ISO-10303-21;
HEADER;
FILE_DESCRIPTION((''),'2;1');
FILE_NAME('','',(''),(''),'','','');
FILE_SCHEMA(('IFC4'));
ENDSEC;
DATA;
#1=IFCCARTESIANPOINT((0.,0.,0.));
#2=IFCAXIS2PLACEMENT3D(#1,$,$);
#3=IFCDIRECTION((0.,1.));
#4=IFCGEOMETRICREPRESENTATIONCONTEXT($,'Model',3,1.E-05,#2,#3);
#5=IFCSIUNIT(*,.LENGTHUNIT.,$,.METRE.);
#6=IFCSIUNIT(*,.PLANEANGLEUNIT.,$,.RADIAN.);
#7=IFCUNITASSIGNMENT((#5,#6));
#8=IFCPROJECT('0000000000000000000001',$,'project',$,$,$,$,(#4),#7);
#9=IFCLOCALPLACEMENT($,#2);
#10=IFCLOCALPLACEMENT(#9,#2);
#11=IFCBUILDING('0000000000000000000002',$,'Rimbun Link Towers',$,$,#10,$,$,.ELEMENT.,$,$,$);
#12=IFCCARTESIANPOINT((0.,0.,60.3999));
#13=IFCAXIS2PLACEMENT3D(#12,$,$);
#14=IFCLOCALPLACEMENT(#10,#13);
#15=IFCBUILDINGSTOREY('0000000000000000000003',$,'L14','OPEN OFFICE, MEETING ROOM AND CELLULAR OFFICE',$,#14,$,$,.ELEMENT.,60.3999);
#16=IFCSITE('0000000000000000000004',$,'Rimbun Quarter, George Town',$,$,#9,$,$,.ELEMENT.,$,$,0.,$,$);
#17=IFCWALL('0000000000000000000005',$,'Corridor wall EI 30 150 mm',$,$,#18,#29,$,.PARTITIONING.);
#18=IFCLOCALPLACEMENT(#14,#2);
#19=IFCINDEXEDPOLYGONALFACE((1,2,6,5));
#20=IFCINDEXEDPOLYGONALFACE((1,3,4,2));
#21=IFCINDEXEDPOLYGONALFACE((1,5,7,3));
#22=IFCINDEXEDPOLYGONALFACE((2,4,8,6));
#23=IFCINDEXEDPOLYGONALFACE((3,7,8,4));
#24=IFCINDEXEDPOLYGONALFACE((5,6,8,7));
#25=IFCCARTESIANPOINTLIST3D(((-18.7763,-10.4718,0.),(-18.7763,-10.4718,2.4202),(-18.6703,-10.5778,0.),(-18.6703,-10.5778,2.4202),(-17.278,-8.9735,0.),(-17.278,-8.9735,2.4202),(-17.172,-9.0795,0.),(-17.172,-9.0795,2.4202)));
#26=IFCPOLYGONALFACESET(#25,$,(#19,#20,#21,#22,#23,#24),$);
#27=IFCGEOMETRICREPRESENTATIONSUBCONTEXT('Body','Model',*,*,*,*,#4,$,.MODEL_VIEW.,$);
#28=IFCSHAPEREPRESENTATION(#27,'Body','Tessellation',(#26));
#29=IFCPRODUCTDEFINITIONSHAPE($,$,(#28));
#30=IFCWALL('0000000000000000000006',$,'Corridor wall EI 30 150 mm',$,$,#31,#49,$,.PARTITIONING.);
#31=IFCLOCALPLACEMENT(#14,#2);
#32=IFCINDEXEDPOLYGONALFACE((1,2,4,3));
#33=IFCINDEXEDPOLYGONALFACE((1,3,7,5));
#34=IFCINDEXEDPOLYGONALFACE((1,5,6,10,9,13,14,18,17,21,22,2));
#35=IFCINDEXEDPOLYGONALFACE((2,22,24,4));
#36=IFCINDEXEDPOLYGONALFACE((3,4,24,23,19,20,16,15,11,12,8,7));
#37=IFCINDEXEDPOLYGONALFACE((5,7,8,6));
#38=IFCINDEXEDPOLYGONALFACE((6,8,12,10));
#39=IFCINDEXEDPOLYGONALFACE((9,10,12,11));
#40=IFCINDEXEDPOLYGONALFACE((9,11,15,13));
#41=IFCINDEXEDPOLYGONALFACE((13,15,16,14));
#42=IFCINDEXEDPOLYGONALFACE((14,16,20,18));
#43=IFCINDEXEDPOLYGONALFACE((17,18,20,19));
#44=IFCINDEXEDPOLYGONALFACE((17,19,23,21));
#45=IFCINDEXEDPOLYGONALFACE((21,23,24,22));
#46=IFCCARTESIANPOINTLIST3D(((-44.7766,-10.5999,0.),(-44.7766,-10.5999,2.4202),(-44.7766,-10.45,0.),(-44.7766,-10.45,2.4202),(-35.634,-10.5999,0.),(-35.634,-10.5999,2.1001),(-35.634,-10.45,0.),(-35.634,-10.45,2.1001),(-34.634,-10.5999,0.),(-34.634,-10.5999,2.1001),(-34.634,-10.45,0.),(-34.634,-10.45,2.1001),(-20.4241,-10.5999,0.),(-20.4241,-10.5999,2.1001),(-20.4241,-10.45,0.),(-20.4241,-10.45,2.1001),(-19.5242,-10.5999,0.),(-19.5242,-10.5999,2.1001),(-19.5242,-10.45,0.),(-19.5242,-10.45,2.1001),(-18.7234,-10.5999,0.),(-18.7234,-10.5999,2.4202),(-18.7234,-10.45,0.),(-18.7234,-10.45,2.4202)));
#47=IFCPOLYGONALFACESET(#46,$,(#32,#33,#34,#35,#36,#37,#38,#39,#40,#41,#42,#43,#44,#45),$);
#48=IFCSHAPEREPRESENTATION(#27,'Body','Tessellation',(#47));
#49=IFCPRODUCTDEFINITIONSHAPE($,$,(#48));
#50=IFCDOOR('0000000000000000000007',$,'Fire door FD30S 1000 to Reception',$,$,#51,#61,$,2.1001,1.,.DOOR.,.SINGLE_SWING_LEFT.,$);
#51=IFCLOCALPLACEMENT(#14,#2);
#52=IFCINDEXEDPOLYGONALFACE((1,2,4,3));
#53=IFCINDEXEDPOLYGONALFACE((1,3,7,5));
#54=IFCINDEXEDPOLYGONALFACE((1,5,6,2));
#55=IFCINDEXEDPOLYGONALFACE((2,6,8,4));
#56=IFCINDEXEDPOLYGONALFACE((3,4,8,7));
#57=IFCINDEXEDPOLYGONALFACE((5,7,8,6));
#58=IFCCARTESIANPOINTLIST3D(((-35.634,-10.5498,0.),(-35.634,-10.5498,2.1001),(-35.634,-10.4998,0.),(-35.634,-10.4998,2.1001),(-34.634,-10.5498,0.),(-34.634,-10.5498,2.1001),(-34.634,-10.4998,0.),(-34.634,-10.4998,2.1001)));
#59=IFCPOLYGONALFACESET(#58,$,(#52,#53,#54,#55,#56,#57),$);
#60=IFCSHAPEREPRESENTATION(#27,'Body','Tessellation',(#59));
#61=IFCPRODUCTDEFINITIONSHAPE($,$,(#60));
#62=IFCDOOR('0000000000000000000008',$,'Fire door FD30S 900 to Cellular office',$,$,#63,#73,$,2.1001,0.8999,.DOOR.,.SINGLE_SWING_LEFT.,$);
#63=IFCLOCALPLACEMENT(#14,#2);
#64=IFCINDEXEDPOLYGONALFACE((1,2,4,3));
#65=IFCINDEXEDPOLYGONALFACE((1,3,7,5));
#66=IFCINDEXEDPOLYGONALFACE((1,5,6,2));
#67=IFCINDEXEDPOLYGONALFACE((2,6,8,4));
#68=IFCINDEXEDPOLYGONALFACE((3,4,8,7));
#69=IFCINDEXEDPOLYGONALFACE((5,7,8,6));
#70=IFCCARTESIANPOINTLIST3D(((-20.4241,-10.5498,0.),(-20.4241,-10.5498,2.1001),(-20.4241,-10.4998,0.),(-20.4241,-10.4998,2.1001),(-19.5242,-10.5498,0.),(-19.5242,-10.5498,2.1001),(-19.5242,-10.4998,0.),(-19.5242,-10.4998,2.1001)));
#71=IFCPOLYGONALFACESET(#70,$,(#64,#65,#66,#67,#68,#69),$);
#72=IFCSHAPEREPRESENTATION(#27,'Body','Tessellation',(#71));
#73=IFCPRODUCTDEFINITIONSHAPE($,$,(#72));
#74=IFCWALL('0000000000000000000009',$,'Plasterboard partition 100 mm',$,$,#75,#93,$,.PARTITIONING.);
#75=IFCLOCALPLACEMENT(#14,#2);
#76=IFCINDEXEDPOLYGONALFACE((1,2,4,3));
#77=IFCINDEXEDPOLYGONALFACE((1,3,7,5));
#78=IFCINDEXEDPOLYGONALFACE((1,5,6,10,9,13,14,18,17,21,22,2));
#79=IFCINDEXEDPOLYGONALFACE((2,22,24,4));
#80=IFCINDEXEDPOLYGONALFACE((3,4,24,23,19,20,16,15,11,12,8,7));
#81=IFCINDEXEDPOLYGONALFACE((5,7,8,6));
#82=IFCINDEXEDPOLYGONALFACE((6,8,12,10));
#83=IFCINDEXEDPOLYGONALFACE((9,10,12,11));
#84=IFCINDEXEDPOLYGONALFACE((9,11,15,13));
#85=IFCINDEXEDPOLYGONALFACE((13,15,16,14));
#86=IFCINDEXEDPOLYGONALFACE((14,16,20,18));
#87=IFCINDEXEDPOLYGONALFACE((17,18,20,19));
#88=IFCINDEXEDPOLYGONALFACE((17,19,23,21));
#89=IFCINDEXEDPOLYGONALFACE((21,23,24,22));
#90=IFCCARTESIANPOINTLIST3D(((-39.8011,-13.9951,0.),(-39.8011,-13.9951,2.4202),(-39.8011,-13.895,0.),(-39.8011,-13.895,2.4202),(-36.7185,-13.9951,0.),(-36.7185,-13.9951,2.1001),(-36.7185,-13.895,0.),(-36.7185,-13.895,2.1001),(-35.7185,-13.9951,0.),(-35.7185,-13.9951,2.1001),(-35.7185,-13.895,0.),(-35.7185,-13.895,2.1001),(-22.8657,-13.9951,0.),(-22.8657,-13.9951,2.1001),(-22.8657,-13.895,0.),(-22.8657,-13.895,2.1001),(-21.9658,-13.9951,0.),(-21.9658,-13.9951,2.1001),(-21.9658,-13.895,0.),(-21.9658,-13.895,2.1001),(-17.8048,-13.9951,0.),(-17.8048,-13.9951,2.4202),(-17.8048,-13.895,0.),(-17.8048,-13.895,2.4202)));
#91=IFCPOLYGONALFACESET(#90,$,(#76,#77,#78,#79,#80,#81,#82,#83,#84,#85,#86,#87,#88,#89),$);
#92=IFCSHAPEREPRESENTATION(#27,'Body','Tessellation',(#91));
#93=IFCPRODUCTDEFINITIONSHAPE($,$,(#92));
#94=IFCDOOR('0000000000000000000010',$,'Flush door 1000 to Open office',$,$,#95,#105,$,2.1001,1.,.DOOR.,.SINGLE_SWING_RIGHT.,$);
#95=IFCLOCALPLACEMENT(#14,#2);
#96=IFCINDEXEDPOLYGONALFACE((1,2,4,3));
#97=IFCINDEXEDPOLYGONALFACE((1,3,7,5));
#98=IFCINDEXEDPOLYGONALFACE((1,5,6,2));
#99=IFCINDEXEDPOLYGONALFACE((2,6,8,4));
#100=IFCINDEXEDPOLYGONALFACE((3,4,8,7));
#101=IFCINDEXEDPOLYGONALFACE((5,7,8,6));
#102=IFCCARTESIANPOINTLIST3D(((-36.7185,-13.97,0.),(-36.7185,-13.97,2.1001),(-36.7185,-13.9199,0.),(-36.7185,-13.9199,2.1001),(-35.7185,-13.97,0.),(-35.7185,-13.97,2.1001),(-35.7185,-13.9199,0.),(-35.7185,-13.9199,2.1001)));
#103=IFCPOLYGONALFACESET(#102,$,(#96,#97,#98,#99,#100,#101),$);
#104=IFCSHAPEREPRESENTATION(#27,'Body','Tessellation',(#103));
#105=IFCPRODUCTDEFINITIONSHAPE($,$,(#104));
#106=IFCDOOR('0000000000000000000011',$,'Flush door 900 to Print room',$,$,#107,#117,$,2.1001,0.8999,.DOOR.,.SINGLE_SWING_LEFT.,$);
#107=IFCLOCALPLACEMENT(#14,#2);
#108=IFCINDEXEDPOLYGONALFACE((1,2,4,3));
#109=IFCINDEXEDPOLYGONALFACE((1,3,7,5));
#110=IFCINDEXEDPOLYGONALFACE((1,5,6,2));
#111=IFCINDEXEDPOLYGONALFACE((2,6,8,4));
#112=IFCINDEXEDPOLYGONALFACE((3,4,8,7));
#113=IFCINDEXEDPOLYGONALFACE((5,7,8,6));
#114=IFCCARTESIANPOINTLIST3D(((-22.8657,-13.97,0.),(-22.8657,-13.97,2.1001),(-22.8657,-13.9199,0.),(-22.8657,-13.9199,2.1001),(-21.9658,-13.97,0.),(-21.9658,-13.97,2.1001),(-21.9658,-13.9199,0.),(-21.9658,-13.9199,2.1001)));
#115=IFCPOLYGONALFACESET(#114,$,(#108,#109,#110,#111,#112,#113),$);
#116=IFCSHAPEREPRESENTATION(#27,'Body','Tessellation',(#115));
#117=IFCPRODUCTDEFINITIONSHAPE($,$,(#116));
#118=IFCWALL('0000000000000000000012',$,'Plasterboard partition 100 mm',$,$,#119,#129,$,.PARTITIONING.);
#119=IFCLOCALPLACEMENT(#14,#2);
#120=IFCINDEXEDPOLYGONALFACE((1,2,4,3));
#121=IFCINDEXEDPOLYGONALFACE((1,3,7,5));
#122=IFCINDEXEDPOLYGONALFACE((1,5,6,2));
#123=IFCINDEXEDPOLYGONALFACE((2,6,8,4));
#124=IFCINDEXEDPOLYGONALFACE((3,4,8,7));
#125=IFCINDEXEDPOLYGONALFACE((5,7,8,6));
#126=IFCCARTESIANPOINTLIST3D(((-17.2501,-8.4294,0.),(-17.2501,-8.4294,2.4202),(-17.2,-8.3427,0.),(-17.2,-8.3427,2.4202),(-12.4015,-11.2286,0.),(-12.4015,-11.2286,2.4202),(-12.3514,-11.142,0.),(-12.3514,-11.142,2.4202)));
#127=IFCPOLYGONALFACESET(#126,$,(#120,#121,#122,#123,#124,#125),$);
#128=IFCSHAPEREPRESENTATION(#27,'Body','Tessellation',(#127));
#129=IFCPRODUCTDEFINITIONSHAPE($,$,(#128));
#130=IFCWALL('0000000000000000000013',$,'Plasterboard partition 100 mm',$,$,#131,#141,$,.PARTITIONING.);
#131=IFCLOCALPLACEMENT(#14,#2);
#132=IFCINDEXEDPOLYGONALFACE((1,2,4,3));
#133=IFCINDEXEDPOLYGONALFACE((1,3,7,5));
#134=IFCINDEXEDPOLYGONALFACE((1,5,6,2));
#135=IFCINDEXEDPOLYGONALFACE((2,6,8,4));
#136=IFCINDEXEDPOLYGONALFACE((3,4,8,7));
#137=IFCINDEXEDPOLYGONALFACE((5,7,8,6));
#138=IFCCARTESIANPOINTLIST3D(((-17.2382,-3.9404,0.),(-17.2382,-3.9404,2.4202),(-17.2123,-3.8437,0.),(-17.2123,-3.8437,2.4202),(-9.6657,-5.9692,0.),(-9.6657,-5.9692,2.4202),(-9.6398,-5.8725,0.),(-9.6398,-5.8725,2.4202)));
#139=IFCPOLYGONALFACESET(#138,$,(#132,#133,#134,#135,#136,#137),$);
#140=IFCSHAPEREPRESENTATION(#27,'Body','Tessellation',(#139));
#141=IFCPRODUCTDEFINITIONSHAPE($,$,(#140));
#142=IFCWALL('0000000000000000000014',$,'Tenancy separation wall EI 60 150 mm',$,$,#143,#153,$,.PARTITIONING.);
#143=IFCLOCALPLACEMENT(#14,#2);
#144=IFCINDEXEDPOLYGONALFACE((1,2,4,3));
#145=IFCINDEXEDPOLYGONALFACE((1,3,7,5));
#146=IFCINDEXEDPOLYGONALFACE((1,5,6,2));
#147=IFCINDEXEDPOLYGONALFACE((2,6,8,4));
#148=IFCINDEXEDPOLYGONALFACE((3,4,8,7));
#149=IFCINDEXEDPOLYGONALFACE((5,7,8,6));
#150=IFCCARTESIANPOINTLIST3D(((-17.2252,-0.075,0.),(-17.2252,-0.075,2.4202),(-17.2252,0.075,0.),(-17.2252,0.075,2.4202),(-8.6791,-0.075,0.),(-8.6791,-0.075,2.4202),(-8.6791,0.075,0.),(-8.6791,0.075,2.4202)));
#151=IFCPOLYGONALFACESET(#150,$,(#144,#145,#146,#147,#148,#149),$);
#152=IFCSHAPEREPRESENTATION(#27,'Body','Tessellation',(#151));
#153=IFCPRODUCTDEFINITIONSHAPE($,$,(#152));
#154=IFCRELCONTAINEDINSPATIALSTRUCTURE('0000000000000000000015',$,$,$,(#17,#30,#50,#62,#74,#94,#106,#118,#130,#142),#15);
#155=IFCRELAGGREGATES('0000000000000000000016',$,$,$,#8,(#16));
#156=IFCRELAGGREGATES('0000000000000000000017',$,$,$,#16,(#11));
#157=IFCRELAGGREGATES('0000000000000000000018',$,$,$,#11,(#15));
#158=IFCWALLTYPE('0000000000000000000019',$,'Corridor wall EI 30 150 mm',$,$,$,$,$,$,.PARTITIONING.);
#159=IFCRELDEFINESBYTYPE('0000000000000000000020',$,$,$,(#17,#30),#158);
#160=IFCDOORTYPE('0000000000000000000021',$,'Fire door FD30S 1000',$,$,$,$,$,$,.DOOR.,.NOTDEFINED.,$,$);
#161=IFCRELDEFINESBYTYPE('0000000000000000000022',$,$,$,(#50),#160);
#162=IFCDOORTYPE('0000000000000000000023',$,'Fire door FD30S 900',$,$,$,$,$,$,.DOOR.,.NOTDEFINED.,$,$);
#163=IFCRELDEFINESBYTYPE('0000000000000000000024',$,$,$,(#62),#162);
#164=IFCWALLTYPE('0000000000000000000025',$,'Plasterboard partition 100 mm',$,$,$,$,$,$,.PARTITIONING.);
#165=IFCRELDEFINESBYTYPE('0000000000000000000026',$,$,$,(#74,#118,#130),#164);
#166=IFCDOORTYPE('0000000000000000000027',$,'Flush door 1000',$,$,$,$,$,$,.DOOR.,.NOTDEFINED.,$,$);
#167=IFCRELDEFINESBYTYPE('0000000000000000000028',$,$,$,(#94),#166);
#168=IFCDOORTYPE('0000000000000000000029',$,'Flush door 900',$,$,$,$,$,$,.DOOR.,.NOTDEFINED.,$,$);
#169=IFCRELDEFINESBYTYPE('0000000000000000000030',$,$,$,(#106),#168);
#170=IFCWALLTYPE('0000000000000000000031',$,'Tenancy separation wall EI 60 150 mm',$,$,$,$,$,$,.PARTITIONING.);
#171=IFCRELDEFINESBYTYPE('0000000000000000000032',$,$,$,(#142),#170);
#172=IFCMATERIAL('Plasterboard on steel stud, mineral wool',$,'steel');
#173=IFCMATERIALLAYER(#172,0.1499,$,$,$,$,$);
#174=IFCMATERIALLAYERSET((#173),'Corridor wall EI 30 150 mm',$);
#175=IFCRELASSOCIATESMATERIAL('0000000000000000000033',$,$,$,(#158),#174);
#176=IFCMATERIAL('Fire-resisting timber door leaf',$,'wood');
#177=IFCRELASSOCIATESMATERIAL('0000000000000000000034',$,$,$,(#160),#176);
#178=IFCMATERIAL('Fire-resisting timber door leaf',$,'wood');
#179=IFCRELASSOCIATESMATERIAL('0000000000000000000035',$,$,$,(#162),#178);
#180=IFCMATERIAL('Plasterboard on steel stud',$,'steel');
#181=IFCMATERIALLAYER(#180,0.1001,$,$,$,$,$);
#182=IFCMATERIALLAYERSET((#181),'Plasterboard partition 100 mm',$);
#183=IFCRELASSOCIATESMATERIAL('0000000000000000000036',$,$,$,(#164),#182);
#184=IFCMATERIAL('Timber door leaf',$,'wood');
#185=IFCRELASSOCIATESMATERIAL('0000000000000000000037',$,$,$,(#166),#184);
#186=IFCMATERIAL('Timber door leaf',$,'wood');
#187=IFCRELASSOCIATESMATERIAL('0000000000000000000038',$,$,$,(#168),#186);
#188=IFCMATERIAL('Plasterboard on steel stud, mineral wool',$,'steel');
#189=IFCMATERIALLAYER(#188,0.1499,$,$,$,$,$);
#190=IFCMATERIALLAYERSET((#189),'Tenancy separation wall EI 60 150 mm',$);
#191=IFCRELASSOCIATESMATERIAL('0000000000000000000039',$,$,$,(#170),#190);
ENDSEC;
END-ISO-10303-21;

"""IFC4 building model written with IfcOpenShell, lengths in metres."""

from ifc_helpers import new_model, si_unit, direction, frame, frame_2d, origin, place, context, subcontext, project, spatial, rectangle, extrude, material, layer, layer_set, type_object, element, fill, save


model = new_model("IFC4")

# Units and contexts
model_context = context("Model", 3, precision=1e-05, world=origin(), true_north=direction((0.0, 1.0)))
body_context = subcontext(model_context, "Body", "Model", "MODEL_VIEW")
ifc_project = project(units=[si_unit("LENGTHUNIT", "METRE"), si_unit("PLANEANGLEUNIT", "RADIAN")], contexts=[model_context])

# Site, building, storey
site_placement = place(None, origin())
site = spatial("IfcSite", under=ifc_project, at=site_placement, Name="Rimbun Quarter, George Town", CompositionType="ELEMENT", RefElevation=0.0)
building_placement = place(site_placement, origin())
building = spatial("IfcBuilding", under=site, at=building_placement, Name="Rimbun Link Towers", CompositionType="ELEMENT")
storey_placement = place(building_placement, frame((0.0, 0.0, 60.3999)))
storey = spatial("IfcBuildingStorey", under=building, at=storey_placement, Name="L14", Description="OPEN OFFICE, MEETING ROOM AND CELLULAR OFFICE", CompositionType="ELEMENT", Elevation=60.3999)

# Wall
ifc_material_1 = material(Name="Plasterboard on steel stud, mineral wool", Category="steel")
ifc_layer_1 = layer(ifc_material_1, 0.1499)
ifc_layer_set_1 = layer_set([ifc_layer_1], Name="Corridor wall EI 30 150 mm")
wall_type_1 = type_object("IfcWallType", Name="Corridor wall EI 30 150 mm", PredefinedType="PARTITIONING", material=ifc_layer_set_1)
wall_1_placement = place(storey_placement, frame((-18.7234, -10.5249, 0.0), z_axis=(0.0, 0.0, 1.0), x_axis=(0.707107, 0.707107, 0.0)))
element("IfcWall", 1, at=wall_1_placement, inside=storey, type_object=wall_type_1, Name="Corridor wall EI 30 150 mm", PredefinedType="PARTITIONING", context=body_context, shape_type="SweptSolid", body=[
    extrude(rectangle(XDim=2.1189, YDim=0.1499, at=frame_2d((1.0596, 0.0))), origin(), (0.0, 0.0, 1.0), 2.4202),
])

# Walls, openings, doors
wall_2_placement = place(storey_placement, frame((-18.7234, -10.5249, 0.0), z_axis=(0.0, 0.0, 1.0), x_axis=(-1.0, 0.0, 0.0)))
wall_2 = element("IfcWall", 2, at=wall_2_placement, inside=storey, type_object=wall_type_1, Name="Corridor wall EI 30 150 mm", PredefinedType="PARTITIONING", context=body_context, shape_type="SweptSolid", body=[
    extrude(rectangle(XDim=26.0532, YDim=0.1499, at=frame_2d((13.0266, 0.0))), origin(), (0.0, 0.0, 1.0), 2.4202),
])
opening_1_placement = place(wall_2_placement, frame((15.9106, 0.0, 0.0)))
opening_1 = element("IfcOpeningElement", 3, at=opening_1_placement, cuts=wall_2, PredefinedType="OPENING", context=body_context, shape_type="SweptSolid", body=[
    extrude(rectangle(XDim=1.0, YDim=2.1001, at=frame_2d((0.5, 1.05))), frame((0.0, 0.085, 0.0), z_axis=(0.0, -1.0, 0.0), x_axis=(1.0, 0.0, 0.0)), (0.0, 0.0, 1.0), 0.1699),
])
opening_2_placement = place(wall_2_placement, frame((0.8008, 0.0, 0.0)))
opening_2 = element("IfcOpeningElement", 4, at=opening_2_placement, cuts=wall_2, PredefinedType="OPENING", context=body_context, shape_type="SweptSolid", body=[
    extrude(rectangle(XDim=0.8999, YDim=2.1001, at=frame_2d((0.45, 1.05))), frame((0.0, 0.085, 0.0), z_axis=(0.0, -1.0, 0.0), x_axis=(1.0, 0.0, 0.0)), (0.0, 0.0, 1.0), 0.1699),
])
ifc_material_2 = material(Name="Fire-resisting timber door leaf", Category="wood")
door_type_1 = type_object("IfcDoorType", Name="Fire door FD30S 1000", OperationType="NOTDEFINED", PredefinedType="DOOR", material=ifc_material_2)
door_1_placement = place(opening_1_placement, origin())
door_1 = element("IfcDoor", 5, at=door_1_placement, inside=storey, type_object=door_type_1, Name="Fire door FD30S 1000 to Reception", OperationType="SINGLE_SWING_LEFT", OverallHeight=2.1001, OverallWidth=1.0, PredefinedType="DOOR", context=body_context, shape_type="SweptSolid", body=[
    extrude(rectangle(XDim=1.0, YDim=2.1001, at=frame_2d((0.5, 1.05))), frame((0.0, 0.0249, 0.0), z_axis=(0.0, -1.0, 0.0), x_axis=(1.0, 0.0, 0.0)), (0.0, 0.0, 1.0), 0.05),
])
fill(opening_1, door_1)
ifc_material_3 = material(Name="Fire-resisting timber door leaf", Category="wood")
door_type_2 = type_object("IfcDoorType", Name="Fire door FD30S 900", OperationType="NOTDEFINED", PredefinedType="DOOR", material=ifc_material_3)
door_2_placement = place(opening_2_placement, origin())
door_2 = element("IfcDoor", 6, at=door_2_placement, inside=storey, type_object=door_type_2, Name="Fire door FD30S 900 to Cellular office", OperationType="SINGLE_SWING_LEFT", OverallHeight=2.1001, OverallWidth=0.8999, PredefinedType="DOOR", context=body_context, shape_type="SweptSolid", body=[
    extrude(rectangle(XDim=0.8999, YDim=2.1001, at=frame_2d((0.45, 1.05))), frame((0.0, 0.0249, 0.0), z_axis=(0.0, -1.0, 0.0), x_axis=(1.0, 0.0, 0.0)), (0.0, 0.0, 1.0), 0.05),
])
fill(opening_2, door_2)
ifc_material_4 = material(Name="Plasterboard on steel stud", Category="steel")
ifc_layer_2 = layer(ifc_material_4, 0.1001)
ifc_layer_set_2 = layer_set([ifc_layer_2], Name="Plasterboard partition 100 mm")
wall_type_2 = type_object("IfcWallType", Name="Plasterboard partition 100 mm", PredefinedType="PARTITIONING", material=ifc_layer_set_2)
wall_3_placement = place(storey_placement, frame((-17.8049, -13.9451, 0.0), z_axis=(0.0, 0.0, 1.0), x_axis=(-1.0, 0.0, 0.0)))
wall_3 = element("IfcWall", 7, at=wall_3_placement, inside=storey, type_object=wall_type_2, Name="Plasterboard partition 100 mm", PredefinedType="PARTITIONING", context=body_context, shape_type="SweptSolid", body=[
    extrude(rectangle(XDim=21.9963, YDim=0.1001, at=frame_2d((10.998, 0.0))), origin(), (0.0, 0.0, 1.0), 2.4202),
])
opening_3_placement = place(wall_3_placement, frame((17.9136, 0.0, 0.0)))
opening_3 = element("IfcOpeningElement", 8, at=opening_3_placement, cuts=wall_3, PredefinedType="OPENING", context=body_context, shape_type="SweptSolid", body=[
    extrude(rectangle(XDim=1.0, YDim=2.1001, at=frame_2d((0.5, 1.05))), frame((0.0, 0.0601, 0.0), z_axis=(0.0, -1.0, 0.0), x_axis=(1.0, 0.0, 0.0)), (0.0, 0.0, 1.0), 0.1201),
])
opening_4_placement = place(wall_3_placement, frame((4.1609, 0.0, 0.0)))
opening_4 = element("IfcOpeningElement", 9, at=opening_4_placement, cuts=wall_3, PredefinedType="OPENING", context=body_context, shape_type="SweptSolid", body=[
    extrude(rectangle(XDim=0.8999, YDim=2.1001, at=frame_2d((0.45, 1.05))), frame((0.0, 0.0601, 0.0), z_axis=(0.0, -1.0, 0.0), x_axis=(1.0, 0.0, 0.0)), (0.0, 0.0, 1.0), 0.1201),
])
ifc_material_5 = material(Name="Timber door leaf", Category="wood")
door_type_3 = type_object("IfcDoorType", Name="Flush door 1000", OperationType="NOTDEFINED", PredefinedType="DOOR", material=ifc_material_5)
door_3_placement = place(opening_3_placement, origin())
door_3 = element("IfcDoor", 10, at=door_3_placement, inside=storey, type_object=door_type_3, Name="Flush door 1000 to Open office", OperationType="SINGLE_SWING_RIGHT", OverallHeight=2.1001, OverallWidth=1.0, PredefinedType="DOOR", context=body_context, shape_type="SweptSolid", body=[
    extrude(rectangle(XDim=1.0, YDim=2.1001, at=frame_2d((0.5, 1.05))), frame((0.0, 0.0249, 0.0), z_axis=(0.0, -1.0, 0.0), x_axis=(1.0, 0.0, 0.0)), (0.0, 0.0, 1.0), 0.05),
])
fill(opening_3, door_3)
ifc_material_6 = material(Name="Timber door leaf", Category="wood")
door_type_4 = type_object("IfcDoorType", Name="Flush door 900", OperationType="NOTDEFINED", PredefinedType="DOOR", material=ifc_material_6)
door_4_placement = place(opening_4_placement, origin())
door_4 = element("IfcDoor", 11, at=door_4_placement, inside=storey, type_object=door_type_4, Name="Flush door 900 to Print room", OperationType="SINGLE_SWING_LEFT", OverallHeight=2.1001, OverallWidth=0.8999, PredefinedType="DOOR", context=body_context, shape_type="SweptSolid", body=[
    extrude(rectangle(XDim=0.8999, YDim=2.1001, at=frame_2d((0.45, 1.05))), frame((0.0, 0.0249, 0.0), z_axis=(0.0, -1.0, 0.0), x_axis=(1.0, 0.0, 0.0)), (0.0, 0.0, 1.0), 0.05),
])
fill(opening_4, door_4)

# Walls
wall_4_placement = place(storey_placement, frame((-12.3765, -11.1853, 0.0), z_axis=(0.0, 0.0, 1.0), x_axis=(-0.866029, 0.499994, 0.0)))
element("IfcWall", 12, at=wall_4_placement, inside=storey, type_object=wall_type_2, Name="Plasterboard partition 100 mm", PredefinedType="PARTITIONING", context=body_context, shape_type="SweptSolid", body=[
    extrude(rectangle(XDim=5.5986, YDim=0.1001, at=frame_2d((2.7993, 0.0))), origin(), (0.0, 0.0, 1.0), 2.4202),
])
wall_5_placement = place(storey_placement, frame((-9.6526, -5.9209, 0.0), z_axis=(0.0, 0.0, 1.0), x_axis=(-0.965933, 0.258791, 0.0)))
element("IfcWall", 13, at=wall_5_placement, inside=storey, type_object=wall_type_2, Name="Plasterboard partition 100 mm", PredefinedType="PARTITIONING", context=body_context, shape_type="SweptSolid", body=[
    extrude(rectangle(XDim=7.8396, YDim=0.1001, at=frame_2d((3.9199, 0.0))), origin(), (0.0, 0.0, 1.0), 2.4202),
])
ifc_material_7 = material(Name="Plasterboard on steel stud, mineral wool", Category="steel")
ifc_layer_3 = layer(ifc_material_7, 0.1499)
ifc_layer_set_3 = layer_set([ifc_layer_3], Name="Tenancy separation wall EI 60 150 mm")
wall_type_3 = type_object("IfcWallType", Name="Tenancy separation wall EI 60 150 mm", PredefinedType="PARTITIONING", material=ifc_layer_set_3)
wall_6_placement = place(storey_placement, frame((-17.2251, 0.0, 0.0), z_axis=(0.0, 0.0, 1.0), x_axis=(1.0, 0.0, 0.0)))
element("IfcWall", 14, at=wall_6_placement, inside=storey, type_object=wall_type_3, Name="Tenancy separation wall EI 60 150 mm", PredefinedType="PARTITIONING", context=body_context, shape_type="SweptSolid", body=[
    extrude(rectangle(XDim=8.5461, YDim=0.1499, at=frame_2d((4.2729, 0.0))), origin(), (0.0, 0.0, 1.0), 2.4202),
])

save(model, "model.ifc")
